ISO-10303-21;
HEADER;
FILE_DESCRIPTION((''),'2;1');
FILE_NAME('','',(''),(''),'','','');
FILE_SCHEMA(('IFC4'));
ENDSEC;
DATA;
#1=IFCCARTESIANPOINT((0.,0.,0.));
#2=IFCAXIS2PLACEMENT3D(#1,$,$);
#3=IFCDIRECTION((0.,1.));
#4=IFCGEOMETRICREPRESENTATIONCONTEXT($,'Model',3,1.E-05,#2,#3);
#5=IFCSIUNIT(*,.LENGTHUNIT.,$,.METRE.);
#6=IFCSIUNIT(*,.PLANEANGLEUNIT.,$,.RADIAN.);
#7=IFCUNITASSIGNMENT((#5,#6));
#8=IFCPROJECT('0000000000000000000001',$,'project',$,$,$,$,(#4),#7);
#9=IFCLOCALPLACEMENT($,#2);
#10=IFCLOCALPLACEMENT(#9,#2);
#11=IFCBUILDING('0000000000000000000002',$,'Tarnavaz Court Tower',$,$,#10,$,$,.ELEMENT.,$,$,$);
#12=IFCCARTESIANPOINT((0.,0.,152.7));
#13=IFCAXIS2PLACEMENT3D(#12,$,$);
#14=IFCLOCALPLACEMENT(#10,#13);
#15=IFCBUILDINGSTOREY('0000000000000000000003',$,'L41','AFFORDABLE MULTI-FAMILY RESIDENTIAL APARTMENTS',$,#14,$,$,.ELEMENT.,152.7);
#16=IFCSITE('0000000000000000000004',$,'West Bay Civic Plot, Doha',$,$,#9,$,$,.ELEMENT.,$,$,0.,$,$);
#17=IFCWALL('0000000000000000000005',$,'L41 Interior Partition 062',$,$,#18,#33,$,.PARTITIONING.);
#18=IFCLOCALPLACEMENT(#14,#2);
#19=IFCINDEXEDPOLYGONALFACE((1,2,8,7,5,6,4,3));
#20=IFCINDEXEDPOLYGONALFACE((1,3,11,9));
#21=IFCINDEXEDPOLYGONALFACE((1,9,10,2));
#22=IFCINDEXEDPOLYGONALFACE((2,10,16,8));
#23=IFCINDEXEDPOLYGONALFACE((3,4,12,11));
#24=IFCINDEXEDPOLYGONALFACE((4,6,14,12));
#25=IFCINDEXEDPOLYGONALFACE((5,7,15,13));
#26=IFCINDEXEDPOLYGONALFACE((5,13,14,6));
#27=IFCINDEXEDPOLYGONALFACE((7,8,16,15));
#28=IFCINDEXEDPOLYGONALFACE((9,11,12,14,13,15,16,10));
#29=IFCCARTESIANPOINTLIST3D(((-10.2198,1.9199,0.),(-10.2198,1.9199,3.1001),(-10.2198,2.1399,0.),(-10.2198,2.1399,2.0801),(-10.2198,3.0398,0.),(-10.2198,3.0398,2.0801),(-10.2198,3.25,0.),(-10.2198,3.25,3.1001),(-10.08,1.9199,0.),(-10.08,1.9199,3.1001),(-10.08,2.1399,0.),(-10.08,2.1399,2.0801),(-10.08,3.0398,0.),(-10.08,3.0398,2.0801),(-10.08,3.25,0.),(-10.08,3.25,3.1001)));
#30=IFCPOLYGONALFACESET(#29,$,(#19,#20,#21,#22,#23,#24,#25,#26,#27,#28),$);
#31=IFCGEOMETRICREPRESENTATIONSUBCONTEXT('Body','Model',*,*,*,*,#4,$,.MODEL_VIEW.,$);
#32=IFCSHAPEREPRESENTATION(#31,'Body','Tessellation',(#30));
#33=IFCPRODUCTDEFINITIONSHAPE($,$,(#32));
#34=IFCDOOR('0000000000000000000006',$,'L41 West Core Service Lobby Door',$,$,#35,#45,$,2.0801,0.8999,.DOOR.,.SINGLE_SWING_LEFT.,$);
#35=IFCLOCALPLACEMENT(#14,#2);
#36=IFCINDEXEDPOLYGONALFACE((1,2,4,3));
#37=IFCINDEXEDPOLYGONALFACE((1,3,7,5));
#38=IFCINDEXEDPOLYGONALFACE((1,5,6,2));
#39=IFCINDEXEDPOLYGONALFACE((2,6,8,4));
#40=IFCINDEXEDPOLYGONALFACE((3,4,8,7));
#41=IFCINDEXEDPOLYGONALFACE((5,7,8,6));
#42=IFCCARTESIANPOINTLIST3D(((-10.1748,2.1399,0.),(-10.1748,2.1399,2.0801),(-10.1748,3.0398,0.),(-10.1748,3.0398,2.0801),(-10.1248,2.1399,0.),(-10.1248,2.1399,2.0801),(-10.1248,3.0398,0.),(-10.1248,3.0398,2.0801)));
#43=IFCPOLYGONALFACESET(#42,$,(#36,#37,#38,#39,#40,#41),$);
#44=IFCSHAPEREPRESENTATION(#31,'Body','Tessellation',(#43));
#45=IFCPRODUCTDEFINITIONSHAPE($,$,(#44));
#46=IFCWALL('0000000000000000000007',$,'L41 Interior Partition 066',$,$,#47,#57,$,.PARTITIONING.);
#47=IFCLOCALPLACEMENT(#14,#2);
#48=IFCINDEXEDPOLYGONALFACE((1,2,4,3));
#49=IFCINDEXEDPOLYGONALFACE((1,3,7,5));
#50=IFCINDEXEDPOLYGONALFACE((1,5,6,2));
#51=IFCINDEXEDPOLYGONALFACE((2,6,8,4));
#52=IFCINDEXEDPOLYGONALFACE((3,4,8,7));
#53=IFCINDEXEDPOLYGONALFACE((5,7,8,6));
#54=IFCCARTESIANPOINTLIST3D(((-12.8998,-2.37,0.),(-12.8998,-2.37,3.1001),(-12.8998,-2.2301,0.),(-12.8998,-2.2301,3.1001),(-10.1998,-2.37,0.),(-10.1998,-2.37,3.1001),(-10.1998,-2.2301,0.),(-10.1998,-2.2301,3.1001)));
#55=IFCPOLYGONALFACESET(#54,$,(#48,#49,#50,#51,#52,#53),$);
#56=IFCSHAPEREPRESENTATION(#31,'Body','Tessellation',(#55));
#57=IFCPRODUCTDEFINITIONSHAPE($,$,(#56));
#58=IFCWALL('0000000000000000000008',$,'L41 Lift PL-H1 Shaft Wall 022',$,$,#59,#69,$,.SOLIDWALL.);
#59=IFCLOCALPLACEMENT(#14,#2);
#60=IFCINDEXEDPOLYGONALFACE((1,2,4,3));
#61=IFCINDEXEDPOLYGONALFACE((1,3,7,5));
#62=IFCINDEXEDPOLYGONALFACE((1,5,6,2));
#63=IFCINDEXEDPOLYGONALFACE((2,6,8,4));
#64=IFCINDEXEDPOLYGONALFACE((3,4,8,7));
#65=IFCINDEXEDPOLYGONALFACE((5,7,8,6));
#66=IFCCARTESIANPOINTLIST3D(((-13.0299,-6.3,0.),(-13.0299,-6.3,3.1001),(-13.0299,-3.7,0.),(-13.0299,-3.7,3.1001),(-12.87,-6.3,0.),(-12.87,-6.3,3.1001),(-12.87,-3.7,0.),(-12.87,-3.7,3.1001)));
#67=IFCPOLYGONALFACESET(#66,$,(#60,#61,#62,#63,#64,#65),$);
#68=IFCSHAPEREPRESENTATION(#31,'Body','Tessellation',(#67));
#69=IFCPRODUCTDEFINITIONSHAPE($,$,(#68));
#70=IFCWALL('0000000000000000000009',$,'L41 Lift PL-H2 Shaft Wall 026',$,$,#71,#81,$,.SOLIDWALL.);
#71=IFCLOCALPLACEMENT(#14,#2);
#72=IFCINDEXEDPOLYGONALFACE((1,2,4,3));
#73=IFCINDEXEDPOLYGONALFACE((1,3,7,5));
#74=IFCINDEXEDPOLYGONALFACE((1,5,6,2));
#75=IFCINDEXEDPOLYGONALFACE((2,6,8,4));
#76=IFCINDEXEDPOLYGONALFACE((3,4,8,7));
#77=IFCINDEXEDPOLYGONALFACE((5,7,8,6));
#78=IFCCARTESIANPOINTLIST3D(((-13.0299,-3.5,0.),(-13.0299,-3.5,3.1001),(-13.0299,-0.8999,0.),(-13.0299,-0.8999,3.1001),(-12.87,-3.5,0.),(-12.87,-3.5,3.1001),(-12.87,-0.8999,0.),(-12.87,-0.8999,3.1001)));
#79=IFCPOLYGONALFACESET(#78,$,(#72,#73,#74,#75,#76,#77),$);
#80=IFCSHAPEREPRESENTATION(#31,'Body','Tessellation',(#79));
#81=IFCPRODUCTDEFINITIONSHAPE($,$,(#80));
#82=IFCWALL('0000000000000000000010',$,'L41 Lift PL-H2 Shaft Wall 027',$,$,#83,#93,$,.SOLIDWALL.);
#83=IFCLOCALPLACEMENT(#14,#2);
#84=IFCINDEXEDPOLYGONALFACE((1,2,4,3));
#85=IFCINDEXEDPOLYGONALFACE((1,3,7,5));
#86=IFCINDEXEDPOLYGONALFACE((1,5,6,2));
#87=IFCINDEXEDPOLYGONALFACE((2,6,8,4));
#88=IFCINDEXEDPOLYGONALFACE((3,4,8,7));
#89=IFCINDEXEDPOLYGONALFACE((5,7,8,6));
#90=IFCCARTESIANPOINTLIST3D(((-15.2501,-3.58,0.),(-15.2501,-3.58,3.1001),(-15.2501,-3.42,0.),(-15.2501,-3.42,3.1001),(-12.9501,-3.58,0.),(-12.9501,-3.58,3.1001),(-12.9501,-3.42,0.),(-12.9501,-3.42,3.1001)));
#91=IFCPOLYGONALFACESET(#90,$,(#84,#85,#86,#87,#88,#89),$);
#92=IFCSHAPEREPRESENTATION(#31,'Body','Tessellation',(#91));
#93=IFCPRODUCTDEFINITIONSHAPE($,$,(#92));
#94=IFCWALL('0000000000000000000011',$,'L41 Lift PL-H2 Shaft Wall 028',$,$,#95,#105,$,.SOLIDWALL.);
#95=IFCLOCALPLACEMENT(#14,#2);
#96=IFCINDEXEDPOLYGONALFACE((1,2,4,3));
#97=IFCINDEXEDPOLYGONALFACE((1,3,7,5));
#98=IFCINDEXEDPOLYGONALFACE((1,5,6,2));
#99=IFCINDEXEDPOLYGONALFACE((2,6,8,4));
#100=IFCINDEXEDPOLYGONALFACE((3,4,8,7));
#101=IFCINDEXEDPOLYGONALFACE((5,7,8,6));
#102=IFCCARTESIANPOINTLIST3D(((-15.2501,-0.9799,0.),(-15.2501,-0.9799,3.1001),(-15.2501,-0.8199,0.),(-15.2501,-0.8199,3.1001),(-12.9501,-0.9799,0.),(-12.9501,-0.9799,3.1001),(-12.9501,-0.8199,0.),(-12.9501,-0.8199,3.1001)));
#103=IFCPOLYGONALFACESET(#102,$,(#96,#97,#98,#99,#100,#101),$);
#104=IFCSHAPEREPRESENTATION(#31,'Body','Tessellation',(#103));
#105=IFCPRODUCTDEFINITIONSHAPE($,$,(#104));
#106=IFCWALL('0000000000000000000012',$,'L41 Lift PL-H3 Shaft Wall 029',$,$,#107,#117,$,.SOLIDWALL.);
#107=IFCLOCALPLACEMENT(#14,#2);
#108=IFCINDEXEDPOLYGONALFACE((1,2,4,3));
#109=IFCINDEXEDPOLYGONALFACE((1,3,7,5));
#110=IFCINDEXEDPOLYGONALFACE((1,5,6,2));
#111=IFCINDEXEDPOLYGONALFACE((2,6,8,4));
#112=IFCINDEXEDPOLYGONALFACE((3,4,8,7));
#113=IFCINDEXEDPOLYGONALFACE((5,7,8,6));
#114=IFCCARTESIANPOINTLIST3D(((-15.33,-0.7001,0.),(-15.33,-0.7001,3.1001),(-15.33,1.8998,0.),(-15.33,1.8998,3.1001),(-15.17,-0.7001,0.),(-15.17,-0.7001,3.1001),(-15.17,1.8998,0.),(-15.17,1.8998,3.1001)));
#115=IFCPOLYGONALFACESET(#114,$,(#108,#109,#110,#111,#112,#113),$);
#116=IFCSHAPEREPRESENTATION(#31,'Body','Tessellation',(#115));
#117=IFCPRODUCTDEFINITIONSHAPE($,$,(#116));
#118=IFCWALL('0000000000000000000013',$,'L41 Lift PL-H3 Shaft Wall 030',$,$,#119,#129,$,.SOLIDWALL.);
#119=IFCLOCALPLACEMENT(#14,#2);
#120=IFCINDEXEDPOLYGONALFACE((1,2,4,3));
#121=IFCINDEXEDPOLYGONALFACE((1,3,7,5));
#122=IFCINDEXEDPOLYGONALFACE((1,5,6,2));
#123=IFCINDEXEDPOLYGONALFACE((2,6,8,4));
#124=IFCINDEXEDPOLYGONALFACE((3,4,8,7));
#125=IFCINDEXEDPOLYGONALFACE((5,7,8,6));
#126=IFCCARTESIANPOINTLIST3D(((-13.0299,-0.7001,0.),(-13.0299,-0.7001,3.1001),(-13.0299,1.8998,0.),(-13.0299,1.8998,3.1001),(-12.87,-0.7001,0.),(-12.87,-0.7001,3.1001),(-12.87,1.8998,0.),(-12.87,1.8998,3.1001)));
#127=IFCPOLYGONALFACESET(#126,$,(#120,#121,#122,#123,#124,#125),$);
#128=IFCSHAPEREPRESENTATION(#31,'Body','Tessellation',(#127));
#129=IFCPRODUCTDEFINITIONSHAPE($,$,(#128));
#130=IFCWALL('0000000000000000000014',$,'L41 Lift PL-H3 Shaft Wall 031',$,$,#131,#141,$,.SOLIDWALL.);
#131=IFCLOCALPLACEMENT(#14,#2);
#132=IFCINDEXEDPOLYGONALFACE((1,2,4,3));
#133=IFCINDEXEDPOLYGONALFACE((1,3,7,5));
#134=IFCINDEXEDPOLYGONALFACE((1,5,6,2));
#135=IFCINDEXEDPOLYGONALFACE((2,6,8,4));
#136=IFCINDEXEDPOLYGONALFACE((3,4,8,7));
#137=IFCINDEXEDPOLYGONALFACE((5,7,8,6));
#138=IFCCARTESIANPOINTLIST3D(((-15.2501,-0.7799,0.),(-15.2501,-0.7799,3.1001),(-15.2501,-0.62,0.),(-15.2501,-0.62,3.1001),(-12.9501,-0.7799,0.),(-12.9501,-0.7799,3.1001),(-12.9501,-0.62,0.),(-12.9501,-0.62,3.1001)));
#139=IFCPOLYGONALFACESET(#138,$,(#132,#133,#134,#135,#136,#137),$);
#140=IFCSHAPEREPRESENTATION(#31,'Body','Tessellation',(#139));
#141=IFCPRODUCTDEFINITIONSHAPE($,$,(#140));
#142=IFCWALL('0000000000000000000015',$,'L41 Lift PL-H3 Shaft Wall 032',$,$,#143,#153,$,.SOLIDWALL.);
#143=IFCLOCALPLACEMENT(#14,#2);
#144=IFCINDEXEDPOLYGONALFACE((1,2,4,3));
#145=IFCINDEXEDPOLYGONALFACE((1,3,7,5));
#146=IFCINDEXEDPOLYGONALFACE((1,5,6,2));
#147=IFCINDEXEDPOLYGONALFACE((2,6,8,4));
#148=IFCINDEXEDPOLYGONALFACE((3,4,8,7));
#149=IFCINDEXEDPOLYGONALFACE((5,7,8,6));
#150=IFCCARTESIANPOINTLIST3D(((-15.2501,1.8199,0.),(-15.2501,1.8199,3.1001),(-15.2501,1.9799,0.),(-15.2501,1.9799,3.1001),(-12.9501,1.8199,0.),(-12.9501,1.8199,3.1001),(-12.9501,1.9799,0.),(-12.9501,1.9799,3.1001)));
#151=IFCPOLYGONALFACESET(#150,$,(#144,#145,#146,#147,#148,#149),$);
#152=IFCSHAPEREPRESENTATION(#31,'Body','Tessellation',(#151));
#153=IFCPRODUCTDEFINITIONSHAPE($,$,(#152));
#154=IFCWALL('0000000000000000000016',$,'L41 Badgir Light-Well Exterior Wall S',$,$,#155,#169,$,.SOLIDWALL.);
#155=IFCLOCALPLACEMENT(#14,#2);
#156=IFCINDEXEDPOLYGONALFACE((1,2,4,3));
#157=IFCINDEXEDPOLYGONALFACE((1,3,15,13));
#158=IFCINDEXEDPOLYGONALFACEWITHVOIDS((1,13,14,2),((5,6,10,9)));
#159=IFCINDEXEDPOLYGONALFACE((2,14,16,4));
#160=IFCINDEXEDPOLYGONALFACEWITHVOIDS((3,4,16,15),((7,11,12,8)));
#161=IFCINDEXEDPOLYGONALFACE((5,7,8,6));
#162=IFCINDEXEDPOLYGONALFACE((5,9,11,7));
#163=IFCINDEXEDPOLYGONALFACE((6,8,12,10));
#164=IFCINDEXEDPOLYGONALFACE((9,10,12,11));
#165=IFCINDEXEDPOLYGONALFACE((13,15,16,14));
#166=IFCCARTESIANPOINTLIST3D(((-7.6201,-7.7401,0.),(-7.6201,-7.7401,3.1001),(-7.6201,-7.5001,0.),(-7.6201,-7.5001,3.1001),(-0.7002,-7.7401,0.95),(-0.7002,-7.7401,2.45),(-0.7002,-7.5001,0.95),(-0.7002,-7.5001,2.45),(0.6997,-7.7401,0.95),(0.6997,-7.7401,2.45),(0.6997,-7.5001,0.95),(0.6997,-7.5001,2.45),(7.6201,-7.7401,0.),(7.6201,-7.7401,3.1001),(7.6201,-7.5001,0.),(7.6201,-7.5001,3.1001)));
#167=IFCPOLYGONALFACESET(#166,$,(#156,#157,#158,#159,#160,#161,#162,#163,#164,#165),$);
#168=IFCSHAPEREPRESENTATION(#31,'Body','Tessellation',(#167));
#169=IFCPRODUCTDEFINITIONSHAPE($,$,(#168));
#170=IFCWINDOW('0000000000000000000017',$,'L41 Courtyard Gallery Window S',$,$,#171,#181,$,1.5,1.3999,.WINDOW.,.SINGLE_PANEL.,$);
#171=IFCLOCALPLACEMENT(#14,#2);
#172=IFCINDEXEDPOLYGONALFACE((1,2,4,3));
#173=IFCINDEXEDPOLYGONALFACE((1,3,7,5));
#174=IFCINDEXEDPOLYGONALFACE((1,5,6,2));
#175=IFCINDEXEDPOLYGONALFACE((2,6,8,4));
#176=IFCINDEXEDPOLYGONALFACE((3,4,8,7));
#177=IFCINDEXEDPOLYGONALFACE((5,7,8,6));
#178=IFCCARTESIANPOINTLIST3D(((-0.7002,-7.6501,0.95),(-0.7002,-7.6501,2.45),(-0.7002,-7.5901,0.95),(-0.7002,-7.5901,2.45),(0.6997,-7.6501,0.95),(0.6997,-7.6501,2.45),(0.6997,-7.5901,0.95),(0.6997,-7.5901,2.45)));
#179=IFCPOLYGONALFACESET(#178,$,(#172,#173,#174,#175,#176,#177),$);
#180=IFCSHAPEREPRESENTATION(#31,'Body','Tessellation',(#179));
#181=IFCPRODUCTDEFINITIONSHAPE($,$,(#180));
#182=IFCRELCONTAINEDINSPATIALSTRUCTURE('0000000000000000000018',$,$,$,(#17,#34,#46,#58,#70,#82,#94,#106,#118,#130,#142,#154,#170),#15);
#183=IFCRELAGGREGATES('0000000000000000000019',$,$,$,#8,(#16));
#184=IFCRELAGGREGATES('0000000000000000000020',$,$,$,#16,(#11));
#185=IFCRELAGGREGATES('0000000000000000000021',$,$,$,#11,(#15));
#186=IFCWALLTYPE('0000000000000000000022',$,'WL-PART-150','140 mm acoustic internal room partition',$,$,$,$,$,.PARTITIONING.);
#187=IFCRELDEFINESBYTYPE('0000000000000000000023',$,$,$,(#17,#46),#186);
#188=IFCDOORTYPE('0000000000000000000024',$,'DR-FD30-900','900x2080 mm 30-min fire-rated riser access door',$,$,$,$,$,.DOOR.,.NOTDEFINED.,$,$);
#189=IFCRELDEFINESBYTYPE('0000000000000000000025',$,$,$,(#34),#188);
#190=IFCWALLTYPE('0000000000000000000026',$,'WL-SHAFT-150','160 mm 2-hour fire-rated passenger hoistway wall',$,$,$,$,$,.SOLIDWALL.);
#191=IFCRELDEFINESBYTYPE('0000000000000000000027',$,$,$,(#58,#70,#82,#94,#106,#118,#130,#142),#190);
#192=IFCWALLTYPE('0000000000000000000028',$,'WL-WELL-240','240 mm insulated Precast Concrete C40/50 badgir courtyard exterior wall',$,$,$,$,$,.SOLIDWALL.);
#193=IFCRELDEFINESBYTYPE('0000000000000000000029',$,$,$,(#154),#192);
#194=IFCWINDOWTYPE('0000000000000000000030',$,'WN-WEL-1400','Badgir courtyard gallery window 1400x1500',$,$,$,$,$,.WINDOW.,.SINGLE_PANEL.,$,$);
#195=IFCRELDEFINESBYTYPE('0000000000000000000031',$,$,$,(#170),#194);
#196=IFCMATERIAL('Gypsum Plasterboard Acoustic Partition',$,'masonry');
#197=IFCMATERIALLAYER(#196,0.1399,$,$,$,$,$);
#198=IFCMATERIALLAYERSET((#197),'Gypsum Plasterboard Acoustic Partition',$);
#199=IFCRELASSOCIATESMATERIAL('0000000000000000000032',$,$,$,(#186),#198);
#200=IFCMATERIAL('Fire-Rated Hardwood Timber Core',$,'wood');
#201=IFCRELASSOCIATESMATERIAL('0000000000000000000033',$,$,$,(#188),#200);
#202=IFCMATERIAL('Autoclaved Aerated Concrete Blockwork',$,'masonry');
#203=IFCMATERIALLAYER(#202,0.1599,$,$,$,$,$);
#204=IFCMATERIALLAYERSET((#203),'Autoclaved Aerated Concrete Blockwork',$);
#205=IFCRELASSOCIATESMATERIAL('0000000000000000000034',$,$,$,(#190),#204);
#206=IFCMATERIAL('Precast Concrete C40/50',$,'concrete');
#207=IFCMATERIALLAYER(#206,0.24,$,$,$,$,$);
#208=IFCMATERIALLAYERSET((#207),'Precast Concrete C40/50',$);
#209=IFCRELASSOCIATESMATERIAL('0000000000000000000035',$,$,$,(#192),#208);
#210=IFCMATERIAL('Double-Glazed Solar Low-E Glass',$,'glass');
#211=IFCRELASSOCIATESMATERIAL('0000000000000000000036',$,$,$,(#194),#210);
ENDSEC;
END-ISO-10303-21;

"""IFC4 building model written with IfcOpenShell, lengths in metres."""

from ifc_helpers import new_model, si_unit, direction, frame, frame_2d, origin, place, context, subcontext, project, spatial, rectangle, extrude, material, layer, layer_set, type_object, element, fill, save


model = new_model("IFC4")

# Units and contexts
model_context = context("Model", 3, precision=1e-05, world=origin(), true_north=direction((0.0, 1.0)))
body_context = subcontext(model_context, "Body", "Model", "MODEL_VIEW")
ifc_project = project(units=[si_unit("LENGTHUNIT", "METRE"), si_unit("PLANEANGLEUNIT", "RADIAN")], contexts=[model_context])

# Site, building, storey
site_placement = place(None, origin())
site = spatial("IfcSite", under=ifc_project, at=site_placement, Name="West Bay Civic Plot, Doha", CompositionType="ELEMENT", RefElevation=0.0)
building_placement = place(site_placement, origin())
building = spatial("IfcBuilding", under=site, at=building_placement, Name="Tarnavaz Court Tower", CompositionType="ELEMENT")
storey_placement = place(building_placement, frame((0.0, 0.0, 152.7)))
storey = spatial("IfcBuildingStorey", under=building, at=storey_placement, Name="L41", Description="AFFORDABLE MULTI-FAMILY RESIDENTIAL APARTMENTS", CompositionType="ELEMENT", Elevation=152.7)

# Shared definitions
ifc_material_1 = material(Name="Gypsum Plasterboard Acoustic Partition", Category="masonry")
ifc_layer_1 = layer(ifc_material_1, 0.1399)
ifc_layer_set_1 = layer_set([ifc_layer_1], Name="Gypsum Plasterboard Acoustic Partition")
wall_type_1 = type_object("IfcWallType", Name="WL-PART-150", Description="140 mm acoustic internal room partition", PredefinedType="PARTITIONING", material=ifc_layer_set_1)

# Wall, opening, door
wall_1_placement = place(storey_placement, frame((-10.1499, 1.9199, 0.0), z_axis=(0.0, 0.0, 1.0), x_axis=(0.0, 1.0, 0.0)))
wall_1 = element("IfcWall", 1, at=wall_1_placement, inside=storey, type_object=wall_type_1, Name="L41 Interior Partition 062", PredefinedType="PARTITIONING", context=body_context, shape_type="SweptSolid", body=[
    extrude(rectangle(XDim=1.3301, YDim=0.1399, at=frame_2d((0.665, 0.0))), origin(), (0.0, 0.0, 1.0), 3.1001),
])
opening_1_placement = place(wall_1_placement, frame((0.22, 0.0, 0.0)))
opening_1 = element("IfcOpeningElement", 2, at=opening_1_placement, cuts=wall_1, PredefinedType="OPENING", context=body_context, shape_type="SweptSolid", body=[
    extrude(rectangle(XDim=0.8999, YDim=2.0801, at=frame_2d((0.45, 1.04))), frame((0.0, 0.0798, 0.0), z_axis=(0.0, -1.0, 0.0), x_axis=(1.0, 0.0, 0.0)), (0.0, 0.0, 1.0), 0.1599),
])
ifc_material_2 = material(Name="Fire-Rated Hardwood Timber Core", Category="wood")
door_type_1 = type_object("IfcDoorType", Name="DR-FD30-900", Description="900x2080 mm 30-min fire-rated riser access door", OperationType="NOTDEFINED", PredefinedType="DOOR", material=ifc_material_2)
door_1_placement = place(opening_1_placement, origin())
door_1 = element("IfcDoor", 3, at=door_1_placement, inside=storey, type_object=door_type_1, Name="L41 West Core Service Lobby Door", OperationType="SINGLE_SWING_LEFT", OverallHeight=2.0801, OverallWidth=0.8999, PredefinedType="DOOR", context=body_context, shape_type="SweptSolid", body=[
    extrude(rectangle(XDim=0.8999, YDim=2.0801, at=frame_2d((0.45, 1.04))), frame((0.0, 0.0249, 0.0), z_axis=(0.0, -1.0, 0.0), x_axis=(1.0, 0.0, 0.0)), (0.0, 0.0, 1.0), 0.05),
])
fill(opening_1, door_1)

# Walls
wall_2_placement = place(storey_placement, frame((-12.8999, -2.3, 0.0), z_axis=(0.0, 0.0, 1.0), x_axis=(1.0, 0.0, 0.0)))
element("IfcWall", 4, at=wall_2_placement, inside=storey, type_object=wall_type_1, Name="L41 Interior Partition 066", PredefinedType="PARTITIONING", context=body_context, shape_type="SweptSolid", body=[
    extrude(rectangle(XDim=2.7, YDim=0.1399, at=frame_2d((1.3501, 0.0))), origin(), (0.0, 0.0, 1.0), 3.1001),
])
ifc_material_3 = material(Name="Autoclaved Aerated Concrete Blockwork", Category="masonry")
ifc_layer_2 = layer(ifc_material_3, 0.1599)
ifc_layer_set_2 = layer_set([ifc_layer_2], Name="Autoclaved Aerated Concrete Blockwork")
wall_type_2 = type_object("IfcWallType", Name="WL-SHAFT-150", Description="160 mm 2-hour fire-rated passenger hoistway wall", PredefinedType="SOLIDWALL", material=ifc_layer_set_2)
for number, where, z_axis, x_axis, name in (
    (5, (-12.95, -6.3, 0.0), (0.0, 0.0, 1.0), (0.0, 1.0, 0.0), "L41 Lift PL-H1 Shaft Wall 022"),
    (6, (-12.95, -3.5, 0.0), (0.0, 0.0, 1.0), (0.0, 1.0, 0.0), "L41 Lift PL-H2 Shaft Wall 026"),
):
    element("IfcWall", number, at=place(storey_placement, frame(where, z_axis=z_axis, x_axis=x_axis)), inside=storey, type_object=wall_type_2, Name=name, PredefinedType="SOLIDWALL", context=body_context, shape_type="SweptSolid", body=[
        extrude(rectangle(XDim=2.6001, YDim=0.1599, at=frame_2d((1.3, 0.0))), origin(), (0.0, 0.0, 1.0), 3.1001),
    ])
for number, where, z_axis, x_axis, name in (
    (7, (-15.25, -3.5, 0.0), (0.0, 0.0, 1.0), (1.0, 0.0, 0.0), "L41 Lift PL-H2 Shaft Wall 027"),
    (8, (-15.25, -0.8999, 0.0), (0.0, 0.0, 1.0), (1.0, 0.0, 0.0), "L41 Lift PL-H2 Shaft Wall 028"),
):
    element("IfcWall", number, at=place(storey_placement, frame(where, z_axis=z_axis, x_axis=x_axis)), inside=storey, type_object=wall_type_2, Name=name, PredefinedType="SOLIDWALL", context=body_context, shape_type="SweptSolid", body=[
        extrude(rectangle(XDim=2.3, YDim=0.1599, at=frame_2d((1.1499, 0.0))), origin(), (0.0, 0.0, 1.0), 3.1001),
    ])
for number, where, z_axis, x_axis, name in (
    (9, (-15.25, -0.7, 0.0), (0.0, 0.0, 1.0), (0.0, 1.0, 0.0), "L41 Lift PL-H3 Shaft Wall 029"),
    (10, (-12.95, -0.7, 0.0), (0.0, 0.0, 1.0), (0.0, 1.0, 0.0), "L41 Lift PL-H3 Shaft Wall 030"),
):
    element("IfcWall", number, at=place(storey_placement, frame(where, z_axis=z_axis, x_axis=x_axis)), inside=storey, type_object=wall_type_2, Name=name, PredefinedType="SOLIDWALL", context=body_context, shape_type="SweptSolid", body=[
        extrude(rectangle(XDim=2.5999, YDim=0.1599, at=frame_2d((1.2998, 0.0))), origin(), (0.0, 0.0, 1.0), 3.1001),
    ])
for number, where, z_axis, x_axis, name in (
    (11, (-15.25, -0.7, 0.0), (0.0, 0.0, 1.0), (1.0, 0.0, 0.0), "L41 Lift PL-H3 Shaft Wall 031"),
    (12, (-15.25, 1.8999, 0.0), (0.0, 0.0, 1.0), (1.0, 0.0, 0.0), "L41 Lift PL-H3 Shaft Wall 032"),
):
    element("IfcWall", number, at=place(storey_placement, frame(where, z_axis=z_axis, x_axis=x_axis)), inside=storey, type_object=wall_type_2, Name=name, PredefinedType="SOLIDWALL", context=body_context, shape_type="SweptSolid", body=[
        extrude(rectangle(XDim=2.3, YDim=0.1599, at=frame_2d((1.1499, 0.0))), origin(), (0.0, 0.0, 1.0), 3.1001),
    ])

# Wall, opening, window
ifc_material_4 = material(Name="Precast Concrete C40/50", Category="concrete")
ifc_layer_3 = layer(ifc_material_4, 0.24)
ifc_layer_set_3 = layer_set([ifc_layer_3], Name="Precast Concrete C40/50")
wall_type_3 = type_object("IfcWallType", Name="WL-WELL-240", Description="240 mm insulated Precast Concrete C40/50 badgir courtyard exterior wall", PredefinedType="SOLIDWALL", material=ifc_layer_set_3)
wall_3_placement = place(storey_placement, frame((-7.6201, -7.6201, 0.0), z_axis=(0.0, 0.0, 1.0), x_axis=(1.0, 0.0, 0.0)))
wall_3 = element("IfcWall", 13, at=wall_3_placement, inside=storey, type_object=wall_type_3, Name="L41 Badgir Light-Well Exterior Wall S", PredefinedType="SOLIDWALL", context=body_context, shape_type="SweptSolid", body=[
    extrude(rectangle(XDim=15.2402, YDim=0.24, at=frame_2d((7.6201, 0.0))), origin(), (0.0, 0.0, 1.0), 3.1001),
])
opening_2_placement = place(wall_3_placement, frame((6.9199, 0.0, 0.95)))
opening_2 = element("IfcOpeningElement", 14, at=opening_2_placement, cuts=wall_3, PredefinedType="OPENING", context=body_context, shape_type="SweptSolid", body=[
    extrude(rectangle(XDim=1.3999, YDim=1.5, at=frame_2d((0.7, 0.75))), frame((0.0, 0.1299, 0.0), z_axis=(0.0, -1.0, 0.0), x_axis=(1.0, 0.0, 0.0)), (0.0, 0.0, 1.0), 0.26),
])
ifc_material_5 = material(Name="Double-Glazed Solar Low-E Glass", Category="glass")
window_type = type_object("IfcWindowType", Name="WN-WEL-1400", Description="Badgir courtyard gallery window 1400x1500", PartitioningType="SINGLE_PANEL", PredefinedType="WINDOW", material=ifc_material_5)
window_placement = place(opening_2_placement, origin())
window = element("IfcWindow", 15, at=window_placement, inside=storey, type_object=window_type, Name="L41 Courtyard Gallery Window S", OverallHeight=1.5, OverallWidth=1.3999, PartitioningType="SINGLE_PANEL", PredefinedType="WINDOW", context=body_context, shape_type="SweptSolid", body=[
    extrude(rectangle(XDim=1.3999, YDim=1.5, at=frame_2d((0.7, 0.75))), frame((0.0, 0.03, 0.0), z_axis=(0.0, -1.0, 0.0), x_axis=(1.0, 0.0, 0.0)), (0.0, 0.0, 1.0), 0.0601),
])
fill(opening_2, window)

save(model, "model.ifc")
